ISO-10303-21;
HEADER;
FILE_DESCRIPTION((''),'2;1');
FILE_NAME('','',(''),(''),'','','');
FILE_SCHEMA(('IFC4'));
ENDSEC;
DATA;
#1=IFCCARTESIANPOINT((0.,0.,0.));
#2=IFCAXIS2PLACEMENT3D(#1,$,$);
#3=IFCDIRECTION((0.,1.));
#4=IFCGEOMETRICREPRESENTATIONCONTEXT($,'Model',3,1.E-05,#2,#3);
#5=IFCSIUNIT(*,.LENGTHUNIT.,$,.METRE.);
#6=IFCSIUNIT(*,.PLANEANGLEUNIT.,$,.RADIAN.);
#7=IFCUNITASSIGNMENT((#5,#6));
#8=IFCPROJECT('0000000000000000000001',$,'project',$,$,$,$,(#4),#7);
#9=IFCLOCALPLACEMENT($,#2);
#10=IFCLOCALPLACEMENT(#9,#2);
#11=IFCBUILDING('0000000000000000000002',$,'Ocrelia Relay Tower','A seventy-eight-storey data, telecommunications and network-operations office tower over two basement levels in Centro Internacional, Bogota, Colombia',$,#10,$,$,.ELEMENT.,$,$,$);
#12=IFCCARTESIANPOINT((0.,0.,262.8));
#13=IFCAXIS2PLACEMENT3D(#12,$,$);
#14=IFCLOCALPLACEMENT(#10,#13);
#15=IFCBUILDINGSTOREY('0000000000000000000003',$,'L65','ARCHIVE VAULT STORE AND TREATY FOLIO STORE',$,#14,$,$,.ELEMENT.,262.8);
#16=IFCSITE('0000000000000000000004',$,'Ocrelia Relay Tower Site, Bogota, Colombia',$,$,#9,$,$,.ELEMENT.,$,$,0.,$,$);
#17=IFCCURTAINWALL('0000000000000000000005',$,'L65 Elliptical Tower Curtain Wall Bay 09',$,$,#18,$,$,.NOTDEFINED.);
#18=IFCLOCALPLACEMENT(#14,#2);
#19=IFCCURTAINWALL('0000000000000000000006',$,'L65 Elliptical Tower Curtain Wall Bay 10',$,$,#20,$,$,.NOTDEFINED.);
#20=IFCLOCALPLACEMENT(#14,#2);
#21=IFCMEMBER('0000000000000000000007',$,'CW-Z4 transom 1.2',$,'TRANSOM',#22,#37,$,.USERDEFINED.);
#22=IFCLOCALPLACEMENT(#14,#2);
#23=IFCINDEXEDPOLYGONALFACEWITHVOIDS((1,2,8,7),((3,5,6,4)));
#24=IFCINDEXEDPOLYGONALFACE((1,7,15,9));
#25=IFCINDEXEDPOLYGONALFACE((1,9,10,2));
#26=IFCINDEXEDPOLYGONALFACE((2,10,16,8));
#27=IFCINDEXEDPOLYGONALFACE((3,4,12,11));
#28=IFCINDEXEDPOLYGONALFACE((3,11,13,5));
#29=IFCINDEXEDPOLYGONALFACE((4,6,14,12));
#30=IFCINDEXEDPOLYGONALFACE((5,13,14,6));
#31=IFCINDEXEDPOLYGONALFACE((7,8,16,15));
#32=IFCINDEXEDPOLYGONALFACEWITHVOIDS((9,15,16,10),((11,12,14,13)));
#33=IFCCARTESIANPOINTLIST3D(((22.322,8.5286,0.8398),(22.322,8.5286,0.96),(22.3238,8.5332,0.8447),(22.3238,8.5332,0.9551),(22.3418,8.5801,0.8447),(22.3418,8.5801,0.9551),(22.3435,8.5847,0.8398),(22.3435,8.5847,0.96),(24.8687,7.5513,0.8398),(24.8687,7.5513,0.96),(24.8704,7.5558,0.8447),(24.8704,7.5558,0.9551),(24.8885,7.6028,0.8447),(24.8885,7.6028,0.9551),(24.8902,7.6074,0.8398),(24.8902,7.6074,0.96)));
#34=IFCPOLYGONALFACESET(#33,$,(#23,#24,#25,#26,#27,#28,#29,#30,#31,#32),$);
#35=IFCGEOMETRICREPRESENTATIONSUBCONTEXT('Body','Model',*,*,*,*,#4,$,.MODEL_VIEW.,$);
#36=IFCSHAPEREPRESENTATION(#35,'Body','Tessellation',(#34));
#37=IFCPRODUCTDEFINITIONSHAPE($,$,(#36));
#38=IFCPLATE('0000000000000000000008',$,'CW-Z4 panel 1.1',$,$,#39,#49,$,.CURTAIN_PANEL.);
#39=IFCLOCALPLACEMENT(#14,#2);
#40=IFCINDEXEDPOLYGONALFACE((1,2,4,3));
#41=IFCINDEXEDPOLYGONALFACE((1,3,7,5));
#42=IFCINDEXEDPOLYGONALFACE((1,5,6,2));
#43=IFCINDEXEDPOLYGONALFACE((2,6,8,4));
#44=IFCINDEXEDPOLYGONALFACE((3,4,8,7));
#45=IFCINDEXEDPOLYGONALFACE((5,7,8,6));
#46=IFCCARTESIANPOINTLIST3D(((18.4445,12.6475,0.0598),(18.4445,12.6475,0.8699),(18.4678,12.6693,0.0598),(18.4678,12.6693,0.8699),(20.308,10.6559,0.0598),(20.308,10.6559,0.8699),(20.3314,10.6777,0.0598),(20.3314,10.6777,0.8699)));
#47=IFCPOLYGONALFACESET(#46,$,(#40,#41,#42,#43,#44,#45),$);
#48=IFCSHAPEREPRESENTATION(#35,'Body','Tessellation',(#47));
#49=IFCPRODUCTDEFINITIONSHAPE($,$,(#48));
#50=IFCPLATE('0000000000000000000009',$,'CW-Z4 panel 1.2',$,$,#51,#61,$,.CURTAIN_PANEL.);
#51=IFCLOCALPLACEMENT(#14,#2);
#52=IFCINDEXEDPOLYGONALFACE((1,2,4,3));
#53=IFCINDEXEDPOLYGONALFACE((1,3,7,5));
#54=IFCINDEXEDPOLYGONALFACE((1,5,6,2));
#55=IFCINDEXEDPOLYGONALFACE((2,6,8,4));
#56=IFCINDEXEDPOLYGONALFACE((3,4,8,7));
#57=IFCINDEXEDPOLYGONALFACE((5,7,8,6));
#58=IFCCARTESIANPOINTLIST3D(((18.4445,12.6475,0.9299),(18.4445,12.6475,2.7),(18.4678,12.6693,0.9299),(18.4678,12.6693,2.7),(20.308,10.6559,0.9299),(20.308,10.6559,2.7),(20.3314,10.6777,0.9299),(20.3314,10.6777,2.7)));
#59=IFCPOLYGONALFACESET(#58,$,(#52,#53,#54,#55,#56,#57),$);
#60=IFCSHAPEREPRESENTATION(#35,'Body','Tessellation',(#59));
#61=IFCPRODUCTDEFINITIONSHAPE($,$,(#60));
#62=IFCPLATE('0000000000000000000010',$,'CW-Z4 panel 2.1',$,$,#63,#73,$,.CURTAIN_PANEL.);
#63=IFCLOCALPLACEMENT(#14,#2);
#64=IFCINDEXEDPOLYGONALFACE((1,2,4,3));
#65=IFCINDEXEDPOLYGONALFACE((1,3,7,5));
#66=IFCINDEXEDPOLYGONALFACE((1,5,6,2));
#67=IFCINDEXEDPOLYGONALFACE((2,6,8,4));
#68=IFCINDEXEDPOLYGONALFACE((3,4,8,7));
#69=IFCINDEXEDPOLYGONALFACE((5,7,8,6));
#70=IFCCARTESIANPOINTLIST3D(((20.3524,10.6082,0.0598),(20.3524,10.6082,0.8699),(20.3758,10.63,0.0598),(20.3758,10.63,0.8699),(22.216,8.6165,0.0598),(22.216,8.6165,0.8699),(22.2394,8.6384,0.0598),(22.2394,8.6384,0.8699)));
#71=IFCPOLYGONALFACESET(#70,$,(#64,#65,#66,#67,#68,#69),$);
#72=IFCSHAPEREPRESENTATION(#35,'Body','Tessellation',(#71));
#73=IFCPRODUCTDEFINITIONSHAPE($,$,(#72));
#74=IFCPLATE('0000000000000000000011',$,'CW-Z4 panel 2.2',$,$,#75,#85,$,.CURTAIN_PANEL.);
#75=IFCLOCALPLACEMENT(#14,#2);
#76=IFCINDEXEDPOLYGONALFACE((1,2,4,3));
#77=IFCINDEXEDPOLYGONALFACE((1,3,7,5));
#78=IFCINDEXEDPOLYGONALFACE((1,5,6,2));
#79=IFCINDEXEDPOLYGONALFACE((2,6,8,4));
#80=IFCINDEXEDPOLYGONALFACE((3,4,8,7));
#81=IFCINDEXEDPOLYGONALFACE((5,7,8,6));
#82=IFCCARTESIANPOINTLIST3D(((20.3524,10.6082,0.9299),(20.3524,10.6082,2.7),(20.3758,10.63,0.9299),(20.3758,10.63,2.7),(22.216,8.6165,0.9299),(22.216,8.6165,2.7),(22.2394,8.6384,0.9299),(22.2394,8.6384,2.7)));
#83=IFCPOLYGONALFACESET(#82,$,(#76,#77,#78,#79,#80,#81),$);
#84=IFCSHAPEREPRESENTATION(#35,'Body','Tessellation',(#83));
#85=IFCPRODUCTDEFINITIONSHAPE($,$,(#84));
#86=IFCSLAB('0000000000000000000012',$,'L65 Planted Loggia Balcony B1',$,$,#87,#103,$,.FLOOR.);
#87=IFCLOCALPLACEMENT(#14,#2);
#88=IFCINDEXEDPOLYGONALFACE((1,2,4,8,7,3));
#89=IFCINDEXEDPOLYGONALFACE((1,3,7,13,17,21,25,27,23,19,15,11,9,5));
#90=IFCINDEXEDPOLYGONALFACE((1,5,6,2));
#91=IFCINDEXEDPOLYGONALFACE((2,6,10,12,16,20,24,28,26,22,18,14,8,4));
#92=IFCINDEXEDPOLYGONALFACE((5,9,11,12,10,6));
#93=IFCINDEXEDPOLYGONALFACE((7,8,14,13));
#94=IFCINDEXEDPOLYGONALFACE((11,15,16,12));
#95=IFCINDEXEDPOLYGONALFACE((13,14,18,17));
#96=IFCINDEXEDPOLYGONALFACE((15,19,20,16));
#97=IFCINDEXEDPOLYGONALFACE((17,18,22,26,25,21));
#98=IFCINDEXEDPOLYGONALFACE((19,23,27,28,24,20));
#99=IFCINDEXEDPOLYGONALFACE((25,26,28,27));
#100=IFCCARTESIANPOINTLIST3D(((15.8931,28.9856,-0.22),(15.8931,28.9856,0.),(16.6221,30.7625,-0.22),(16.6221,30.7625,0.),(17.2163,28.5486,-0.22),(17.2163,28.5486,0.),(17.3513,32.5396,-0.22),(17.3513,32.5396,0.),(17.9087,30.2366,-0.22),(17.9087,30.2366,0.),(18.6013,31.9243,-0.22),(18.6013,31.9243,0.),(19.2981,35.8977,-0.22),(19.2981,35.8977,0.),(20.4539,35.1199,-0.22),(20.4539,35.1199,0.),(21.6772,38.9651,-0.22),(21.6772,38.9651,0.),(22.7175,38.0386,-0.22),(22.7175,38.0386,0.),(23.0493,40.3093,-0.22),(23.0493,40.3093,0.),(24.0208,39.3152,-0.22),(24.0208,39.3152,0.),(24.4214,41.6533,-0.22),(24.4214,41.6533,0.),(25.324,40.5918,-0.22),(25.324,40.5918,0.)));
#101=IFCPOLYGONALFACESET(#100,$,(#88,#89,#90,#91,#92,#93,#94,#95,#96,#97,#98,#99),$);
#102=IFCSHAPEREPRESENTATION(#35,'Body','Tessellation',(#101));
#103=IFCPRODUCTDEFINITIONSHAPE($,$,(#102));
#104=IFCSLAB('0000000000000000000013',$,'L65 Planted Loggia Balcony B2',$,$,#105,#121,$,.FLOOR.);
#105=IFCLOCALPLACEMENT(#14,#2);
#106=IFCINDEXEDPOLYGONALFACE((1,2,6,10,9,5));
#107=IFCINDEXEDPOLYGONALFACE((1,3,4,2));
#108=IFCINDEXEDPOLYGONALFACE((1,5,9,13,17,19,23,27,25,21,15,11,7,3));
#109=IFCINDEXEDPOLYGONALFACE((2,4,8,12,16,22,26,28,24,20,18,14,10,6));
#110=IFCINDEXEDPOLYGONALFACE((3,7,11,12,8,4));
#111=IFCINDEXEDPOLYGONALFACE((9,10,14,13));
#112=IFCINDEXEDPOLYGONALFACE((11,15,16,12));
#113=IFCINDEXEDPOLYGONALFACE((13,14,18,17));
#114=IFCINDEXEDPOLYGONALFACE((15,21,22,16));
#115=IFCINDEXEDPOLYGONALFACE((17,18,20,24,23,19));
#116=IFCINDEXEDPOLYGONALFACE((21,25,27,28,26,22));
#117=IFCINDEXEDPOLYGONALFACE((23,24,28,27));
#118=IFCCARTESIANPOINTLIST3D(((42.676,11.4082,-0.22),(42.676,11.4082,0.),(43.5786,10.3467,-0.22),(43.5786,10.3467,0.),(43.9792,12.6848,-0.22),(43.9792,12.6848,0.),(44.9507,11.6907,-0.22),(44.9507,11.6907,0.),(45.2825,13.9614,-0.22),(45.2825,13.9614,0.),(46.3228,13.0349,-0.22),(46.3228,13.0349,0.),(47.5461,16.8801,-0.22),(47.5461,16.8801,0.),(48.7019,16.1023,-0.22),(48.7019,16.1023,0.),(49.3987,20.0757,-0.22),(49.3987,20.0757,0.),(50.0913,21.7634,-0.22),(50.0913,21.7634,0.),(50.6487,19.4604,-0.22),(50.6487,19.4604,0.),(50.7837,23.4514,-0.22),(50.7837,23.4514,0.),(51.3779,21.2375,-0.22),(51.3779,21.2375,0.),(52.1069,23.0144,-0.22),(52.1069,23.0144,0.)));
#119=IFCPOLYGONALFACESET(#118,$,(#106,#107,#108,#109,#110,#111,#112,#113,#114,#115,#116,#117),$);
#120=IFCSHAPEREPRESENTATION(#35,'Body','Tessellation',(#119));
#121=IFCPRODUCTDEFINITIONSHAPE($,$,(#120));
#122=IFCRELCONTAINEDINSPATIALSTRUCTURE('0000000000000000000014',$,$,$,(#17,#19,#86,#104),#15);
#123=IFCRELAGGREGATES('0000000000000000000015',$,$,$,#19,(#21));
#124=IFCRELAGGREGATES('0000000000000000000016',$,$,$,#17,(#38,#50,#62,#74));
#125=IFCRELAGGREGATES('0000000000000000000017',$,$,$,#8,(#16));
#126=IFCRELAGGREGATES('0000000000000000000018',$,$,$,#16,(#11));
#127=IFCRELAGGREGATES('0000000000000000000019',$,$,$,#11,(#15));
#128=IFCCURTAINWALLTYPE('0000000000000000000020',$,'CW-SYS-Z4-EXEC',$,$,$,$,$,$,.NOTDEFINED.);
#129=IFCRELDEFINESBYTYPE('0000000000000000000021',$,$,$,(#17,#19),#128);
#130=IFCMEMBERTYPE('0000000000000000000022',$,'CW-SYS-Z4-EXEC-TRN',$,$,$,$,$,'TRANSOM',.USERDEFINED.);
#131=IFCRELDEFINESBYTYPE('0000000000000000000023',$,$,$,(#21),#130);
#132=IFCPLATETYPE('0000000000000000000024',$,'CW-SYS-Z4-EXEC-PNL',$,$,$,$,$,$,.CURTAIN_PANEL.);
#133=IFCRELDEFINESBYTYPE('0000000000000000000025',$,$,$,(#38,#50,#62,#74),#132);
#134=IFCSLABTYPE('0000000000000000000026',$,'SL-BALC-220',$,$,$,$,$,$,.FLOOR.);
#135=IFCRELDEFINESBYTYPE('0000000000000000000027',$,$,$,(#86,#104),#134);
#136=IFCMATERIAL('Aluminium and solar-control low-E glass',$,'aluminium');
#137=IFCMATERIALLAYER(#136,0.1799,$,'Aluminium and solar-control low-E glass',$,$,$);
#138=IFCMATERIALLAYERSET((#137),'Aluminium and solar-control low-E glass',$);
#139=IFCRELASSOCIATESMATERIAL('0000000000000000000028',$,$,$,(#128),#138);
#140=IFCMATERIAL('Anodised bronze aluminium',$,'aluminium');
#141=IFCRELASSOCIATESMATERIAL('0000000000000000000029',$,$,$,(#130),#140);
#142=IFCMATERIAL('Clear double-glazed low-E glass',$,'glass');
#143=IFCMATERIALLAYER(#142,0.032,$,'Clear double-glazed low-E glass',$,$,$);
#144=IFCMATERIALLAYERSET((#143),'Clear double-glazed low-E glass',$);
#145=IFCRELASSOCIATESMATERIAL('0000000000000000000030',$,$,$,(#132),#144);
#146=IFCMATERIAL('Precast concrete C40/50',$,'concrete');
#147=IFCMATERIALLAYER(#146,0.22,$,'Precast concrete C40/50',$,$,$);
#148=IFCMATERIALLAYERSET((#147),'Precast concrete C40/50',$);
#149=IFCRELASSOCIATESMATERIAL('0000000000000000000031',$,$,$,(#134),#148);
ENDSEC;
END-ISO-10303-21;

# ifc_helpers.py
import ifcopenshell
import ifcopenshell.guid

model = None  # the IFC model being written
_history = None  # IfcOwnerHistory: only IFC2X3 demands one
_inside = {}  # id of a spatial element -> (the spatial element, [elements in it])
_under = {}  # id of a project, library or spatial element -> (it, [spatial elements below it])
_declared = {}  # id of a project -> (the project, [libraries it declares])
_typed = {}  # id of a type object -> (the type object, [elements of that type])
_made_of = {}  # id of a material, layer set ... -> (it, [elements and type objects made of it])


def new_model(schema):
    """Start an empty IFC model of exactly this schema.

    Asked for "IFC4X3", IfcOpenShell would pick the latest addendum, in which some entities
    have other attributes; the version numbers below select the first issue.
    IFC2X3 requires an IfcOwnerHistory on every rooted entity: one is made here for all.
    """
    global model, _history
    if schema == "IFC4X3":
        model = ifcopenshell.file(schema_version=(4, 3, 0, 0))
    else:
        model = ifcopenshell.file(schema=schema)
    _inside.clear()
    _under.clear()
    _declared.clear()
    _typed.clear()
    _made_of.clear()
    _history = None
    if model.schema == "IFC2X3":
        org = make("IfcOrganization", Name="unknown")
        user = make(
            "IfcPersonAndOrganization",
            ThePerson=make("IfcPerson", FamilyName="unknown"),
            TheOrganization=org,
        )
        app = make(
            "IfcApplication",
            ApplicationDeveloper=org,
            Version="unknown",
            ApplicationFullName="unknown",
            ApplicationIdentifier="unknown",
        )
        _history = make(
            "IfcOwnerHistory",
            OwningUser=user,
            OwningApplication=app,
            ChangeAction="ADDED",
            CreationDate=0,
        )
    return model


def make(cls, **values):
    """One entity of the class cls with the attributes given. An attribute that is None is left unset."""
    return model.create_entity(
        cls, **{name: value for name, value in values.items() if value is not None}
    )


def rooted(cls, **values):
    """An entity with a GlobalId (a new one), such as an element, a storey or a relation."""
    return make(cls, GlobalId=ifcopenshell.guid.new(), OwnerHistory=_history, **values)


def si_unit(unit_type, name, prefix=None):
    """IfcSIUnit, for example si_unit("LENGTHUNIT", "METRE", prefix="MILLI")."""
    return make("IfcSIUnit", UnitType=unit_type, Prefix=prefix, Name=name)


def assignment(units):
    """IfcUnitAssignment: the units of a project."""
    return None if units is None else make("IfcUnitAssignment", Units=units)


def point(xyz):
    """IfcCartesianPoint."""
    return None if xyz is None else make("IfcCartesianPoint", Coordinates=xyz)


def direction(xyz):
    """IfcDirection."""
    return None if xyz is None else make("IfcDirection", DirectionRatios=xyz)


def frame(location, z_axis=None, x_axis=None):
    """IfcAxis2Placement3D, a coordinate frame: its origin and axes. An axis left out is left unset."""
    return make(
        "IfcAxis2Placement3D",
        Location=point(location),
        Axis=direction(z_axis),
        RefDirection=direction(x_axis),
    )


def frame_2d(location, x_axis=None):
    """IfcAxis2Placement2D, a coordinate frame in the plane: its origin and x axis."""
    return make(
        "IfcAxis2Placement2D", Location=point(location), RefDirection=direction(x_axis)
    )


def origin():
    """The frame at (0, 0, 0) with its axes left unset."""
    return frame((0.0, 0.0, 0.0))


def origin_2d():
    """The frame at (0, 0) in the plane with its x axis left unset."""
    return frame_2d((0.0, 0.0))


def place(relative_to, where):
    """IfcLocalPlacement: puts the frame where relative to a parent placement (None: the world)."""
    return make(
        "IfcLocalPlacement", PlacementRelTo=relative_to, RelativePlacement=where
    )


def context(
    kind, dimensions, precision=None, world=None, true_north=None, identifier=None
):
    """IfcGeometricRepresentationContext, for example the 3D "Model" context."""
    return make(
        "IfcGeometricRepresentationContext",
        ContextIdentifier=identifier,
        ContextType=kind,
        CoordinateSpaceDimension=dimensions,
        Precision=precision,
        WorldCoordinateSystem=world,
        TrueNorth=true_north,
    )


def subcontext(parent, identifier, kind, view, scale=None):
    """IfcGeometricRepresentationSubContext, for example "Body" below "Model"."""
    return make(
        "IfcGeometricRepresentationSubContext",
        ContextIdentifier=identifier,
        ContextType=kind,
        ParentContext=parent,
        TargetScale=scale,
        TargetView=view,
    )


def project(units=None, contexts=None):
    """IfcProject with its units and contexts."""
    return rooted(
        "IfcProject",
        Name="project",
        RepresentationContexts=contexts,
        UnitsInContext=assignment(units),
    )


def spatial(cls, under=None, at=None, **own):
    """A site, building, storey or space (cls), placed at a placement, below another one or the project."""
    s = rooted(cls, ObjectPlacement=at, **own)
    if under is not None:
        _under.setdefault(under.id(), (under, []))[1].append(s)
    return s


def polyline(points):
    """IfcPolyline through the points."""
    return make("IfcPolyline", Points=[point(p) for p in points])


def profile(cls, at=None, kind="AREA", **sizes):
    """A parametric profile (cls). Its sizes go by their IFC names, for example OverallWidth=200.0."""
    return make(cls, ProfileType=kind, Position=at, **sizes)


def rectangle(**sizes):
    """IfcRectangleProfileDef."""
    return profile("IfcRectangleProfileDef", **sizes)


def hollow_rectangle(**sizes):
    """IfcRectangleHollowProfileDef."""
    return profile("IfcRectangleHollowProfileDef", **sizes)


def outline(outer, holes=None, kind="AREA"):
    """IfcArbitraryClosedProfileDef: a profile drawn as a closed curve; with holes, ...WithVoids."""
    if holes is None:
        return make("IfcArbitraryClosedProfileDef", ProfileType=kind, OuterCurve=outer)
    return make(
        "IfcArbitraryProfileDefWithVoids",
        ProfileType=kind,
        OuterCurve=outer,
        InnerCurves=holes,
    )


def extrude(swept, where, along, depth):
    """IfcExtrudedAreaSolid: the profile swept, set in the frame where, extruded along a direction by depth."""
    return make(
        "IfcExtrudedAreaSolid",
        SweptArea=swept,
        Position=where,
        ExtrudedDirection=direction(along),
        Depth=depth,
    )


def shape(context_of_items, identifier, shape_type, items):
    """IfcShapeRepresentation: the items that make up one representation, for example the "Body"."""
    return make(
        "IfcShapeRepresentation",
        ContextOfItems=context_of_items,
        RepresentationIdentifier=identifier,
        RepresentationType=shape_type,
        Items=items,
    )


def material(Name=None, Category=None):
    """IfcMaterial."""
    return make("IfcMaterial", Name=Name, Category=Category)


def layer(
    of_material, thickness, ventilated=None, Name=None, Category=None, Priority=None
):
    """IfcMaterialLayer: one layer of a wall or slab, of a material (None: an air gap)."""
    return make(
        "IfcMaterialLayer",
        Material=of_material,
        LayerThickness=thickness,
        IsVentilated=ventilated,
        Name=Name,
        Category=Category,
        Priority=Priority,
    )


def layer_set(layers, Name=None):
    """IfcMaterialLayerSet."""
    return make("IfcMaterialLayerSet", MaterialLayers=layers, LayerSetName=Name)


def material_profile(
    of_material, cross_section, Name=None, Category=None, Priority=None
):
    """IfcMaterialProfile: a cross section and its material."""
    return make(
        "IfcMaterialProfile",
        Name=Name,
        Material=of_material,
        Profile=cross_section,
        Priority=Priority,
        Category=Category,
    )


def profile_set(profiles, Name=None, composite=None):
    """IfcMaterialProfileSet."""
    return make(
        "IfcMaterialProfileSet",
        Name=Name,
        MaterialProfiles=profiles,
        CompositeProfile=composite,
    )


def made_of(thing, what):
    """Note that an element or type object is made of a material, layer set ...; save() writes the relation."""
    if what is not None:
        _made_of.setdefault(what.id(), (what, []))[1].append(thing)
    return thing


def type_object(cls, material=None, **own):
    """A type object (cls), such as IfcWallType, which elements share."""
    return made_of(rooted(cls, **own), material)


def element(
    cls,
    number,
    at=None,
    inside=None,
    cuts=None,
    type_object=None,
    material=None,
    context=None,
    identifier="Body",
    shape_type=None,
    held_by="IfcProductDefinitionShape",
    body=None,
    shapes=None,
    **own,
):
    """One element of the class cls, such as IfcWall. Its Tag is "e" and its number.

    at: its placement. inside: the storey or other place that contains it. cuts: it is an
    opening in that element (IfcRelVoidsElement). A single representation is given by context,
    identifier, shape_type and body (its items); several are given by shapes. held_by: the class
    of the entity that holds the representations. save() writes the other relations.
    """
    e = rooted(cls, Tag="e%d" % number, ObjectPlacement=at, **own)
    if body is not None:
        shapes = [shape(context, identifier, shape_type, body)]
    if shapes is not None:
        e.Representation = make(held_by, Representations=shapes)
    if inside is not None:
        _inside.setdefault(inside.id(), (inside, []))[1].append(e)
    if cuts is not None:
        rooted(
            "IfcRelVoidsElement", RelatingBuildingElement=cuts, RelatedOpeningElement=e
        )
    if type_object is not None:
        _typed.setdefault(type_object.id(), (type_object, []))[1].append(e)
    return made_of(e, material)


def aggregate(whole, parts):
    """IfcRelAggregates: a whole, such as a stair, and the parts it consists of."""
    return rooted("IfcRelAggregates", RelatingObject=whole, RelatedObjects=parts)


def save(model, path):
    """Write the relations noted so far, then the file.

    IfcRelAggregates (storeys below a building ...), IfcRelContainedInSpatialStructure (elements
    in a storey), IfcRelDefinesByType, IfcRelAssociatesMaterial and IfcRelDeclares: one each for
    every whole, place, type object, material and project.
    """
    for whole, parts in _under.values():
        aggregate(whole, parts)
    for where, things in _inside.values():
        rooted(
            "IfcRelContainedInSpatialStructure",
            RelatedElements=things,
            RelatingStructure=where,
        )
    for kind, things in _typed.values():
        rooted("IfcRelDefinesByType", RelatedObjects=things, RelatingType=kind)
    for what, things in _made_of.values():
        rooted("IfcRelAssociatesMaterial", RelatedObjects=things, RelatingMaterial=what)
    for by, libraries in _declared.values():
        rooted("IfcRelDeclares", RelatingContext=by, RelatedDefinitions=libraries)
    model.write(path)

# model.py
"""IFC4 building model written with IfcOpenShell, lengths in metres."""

from ifc_helpers import new_model, si_unit, direction, frame, origin, origin_2d, place, context, subcontext, project, spatial, polyline, rectangle, hollow_rectangle, outline, extrude, material, layer, layer_set, material_profile, profile_set, type_object, element, aggregate, save


model = new_model("IFC4")

# Units and contexts
model_context = context("Model", 3, precision=1e-05, world=origin(), true_north=direction((0.0, 1.0)))
body_context = subcontext(model_context, "Body", "Model", "MODEL_VIEW")
ifc_project = project(units=[si_unit("LENGTHUNIT", "METRE"), si_unit("PLANEANGLEUNIT", "RADIAN")], contexts=[model_context])

# Site, building, storey
site_placement = place(None, origin())
site = spatial("IfcSite", under=ifc_project, at=site_placement, Name="Ocrelia Relay Tower Site, Bogota, Colombia", CompositionType="ELEMENT", RefElevation=0.0)
building_placement = place(site_placement, origin())
building = spatial("IfcBuilding", under=site, at=building_placement, Name="Ocrelia Relay Tower", Description="A seventy-eight-storey data, telecommunications and network-operations office tower over two basement levels in Centro Internacional, Bogota, Colombia", CompositionType="ELEMENT")
storey_placement = place(building_placement, frame((0.0, 0.0, 262.8)))
storey = spatial("IfcBuildingStorey", under=building, at=storey_placement, Name="L65", Description="ARCHIVE VAULT STORE AND TREATY FOLIO STORE", CompositionType="ELEMENT", Elevation=262.8)

# Curtain wall
ifc_material_1 = material(Name="Aluminium and solar-control low-E glass", Category="aluminium")
ifc_layer_1 = layer(ifc_material_1, 0.1799, Name="Aluminium and solar-control low-E glass")
ifc_layer_set_1 = layer_set([ifc_layer_1], Name="Aluminium and solar-control low-E glass")
curtain_wall_type = type_object("IfcCurtainWallType", Name="CW-SYS-Z4-EXEC", PredefinedType="NOTDEFINED", material=ifc_layer_set_1)
curtain_wall_1_placement = place(storey_placement, origin())
curtain_wall_1 = element("IfcCurtainWall", 1, at=curtain_wall_1_placement, inside=storey, type_object=curtain_wall_type, Name="L65 Elliptical Tower Curtain Wall Bay 09", PredefinedType="NOTDEFINED")
ifc_material_2 = material(Name="Anodised bronze aluminium", Category="aluminium")

# Curtain wall
curtain_wall_2_placement = place(storey_placement, origin())
curtain_wall_2 = element("IfcCurtainWall", 2, at=curtain_wall_2_placement, inside=storey, type_object=curtain_wall_type, Name="L65 Elliptical Tower Curtain Wall Bay 10", PredefinedType="NOTDEFINED")

# Member
ifc_material_profile_1 = material_profile(ifc_material_2, hollow_rectangle(XDim=0.0601, YDim=0.1201, WallThickness=0.0049, at=origin_2d()), Name="CW-TRN-120x60")
ifc_profile_set_1 = profile_set([ifc_material_profile_1], Name="Anodised bronze aluminium")
member_type_1 = type_object("IfcMemberType", Name="CW-SYS-Z4-EXEC-TRN", ElementType="TRANSOM", PredefinedType="USERDEFINED", material=ifc_profile_set_1)
member_1_placement = place(storey_placement, frame((22.3328, 8.5566, 0.8999), z_axis=(0.933613, -0.358283, 0.0), x_axis=(0.358283, 0.933613, 0.0)))
member_1 = element("IfcMember", 3, at=member_1_placement, type_object=member_type_1, Name="CW-Z4 transom 1.2", ObjectType="TRANSOM", PredefinedType="USERDEFINED", context=body_context, shape_type="SweptSolid", body=[
    extrude(hollow_rectangle(XDim=0.0601, YDim=0.1201, WallThickness=0.0049, at=origin_2d()), origin(), (0.0, 0.0, 1.0), 2.7278),
])
aggregate(curtain_wall_2, [member_1])

# Plates
ifc_material_3 = material(Name="Clear double-glazed low-E glass", Category="glass")
ifc_layer_2 = layer(ifc_material_3, 0.032, Name="Clear double-glazed low-E glass")
ifc_layer_set_2 = layer_set([ifc_layer_2], Name="Clear double-glazed low-E glass")
plate_type = type_object("IfcPlateType", Name="CW-SYS-Z4-EXEC-PNL", PredefinedType="CURTAIN_PANEL", material=ifc_layer_set_2)
plate_1_placement = place(storey_placement, frame((19.3879, 11.6626, 0.0598), z_axis=(0.0, 0.0, 1.0), x_axis=(0.68324, -0.730194, 0.0)))
plate_1 = element("IfcPlate", 4, at=plate_1_placement, type_object=plate_type, Name="CW-Z4 panel 1.1", PredefinedType="CURTAIN_PANEL", context=body_context, shape_type="SweptSolid", body=[
    extrude(rectangle(XDim=2.7275, YDim=0.032, at=origin_2d()), origin(), (0.0, 0.0, 1.0), 0.8101),
])
plate_2_placement = place(storey_placement, frame((19.3879, 11.6626, 0.9299), z_axis=(0.0, 0.0, 1.0), x_axis=(0.68324, -0.730194, 0.0)))
plate_2 = element("IfcPlate", 5, at=plate_2_placement, type_object=plate_type, Name="CW-Z4 panel 1.2", PredefinedType="CURTAIN_PANEL", context=body_context, shape_type="SweptSolid", body=[
    extrude(rectangle(XDim=2.7275, YDim=0.032, at=origin_2d()), origin(), (0.0, 0.0, 1.0), 1.77),
])
plate_3_placement = place(storey_placement, frame((21.2959, 9.6233, 0.0598), z_axis=(0.0, 0.0, 1.0), x_axis=(0.68324, -0.730194, 0.0)))
plate_3 = element("IfcPlate", 6, at=plate_3_placement, type_object=plate_type, Name="CW-Z4 panel 2.1", PredefinedType="CURTAIN_PANEL", context=body_context, shape_type="SweptSolid", body=[
    extrude(rectangle(XDim=2.7275, YDim=0.032, at=origin_2d()), origin(), (0.0, 0.0, 1.0), 0.8101),
])
plate_4_placement = place(storey_placement, frame((21.2959, 9.6233, 0.9299), z_axis=(0.0, 0.0, 1.0), x_axis=(0.68324, -0.730194, 0.0)))
plate_4 = element("IfcPlate", 7, at=plate_4_placement, type_object=plate_type, Name="CW-Z4 panel 2.2", PredefinedType="CURTAIN_PANEL", context=body_context, shape_type="SweptSolid", body=[
    extrude(rectangle(XDim=2.7275, YDim=0.032, at=origin_2d()), origin(), (0.0, 0.0, 1.0), 1.77),
])
aggregate(curtain_wall_1, [plate_1, plate_2, plate_3, plate_4])

# Slabs
ifc_material_4 = material(Name="Precast concrete C40/50", Category="concrete")
ifc_layer_3 = layer(ifc_material_4, 0.22, Name="Precast concrete C40/50")
ifc_layer_set_3 = layer_set([ifc_layer_3], Name="Precast concrete C40/50")
slab_type_1 = type_object("IfcSlabType", Name="SL-BALC-220", PredefinedType="FLOOR", material=ifc_layer_set_3)
slab_1_placement = place(storey_placement, frame((0.0, 0.0, -0.22)))
element("IfcSlab", 8, at=slab_1_placement, inside=storey, type_object=slab_type_1, Name="L65 Planted Loggia Balcony B1", PredefinedType="FLOOR", context=body_context, shape_type="SweptSolid", body=[
    extrude(outline(polyline([(25.324, 40.5918), (24.0208, 39.3152), (22.7175, 38.0386), (20.4539, 35.1199), (18.6013, 31.9243), (17.9087, 30.2366), (17.2163, 28.5486), (15.8931, 28.9856), (16.6221, 30.7625), (17.3513, 32.5396), (19.2981, 35.8977), (21.6772, 38.9651), (23.0493, 40.3093), (24.4214, 41.6533), (25.324, 40.5918)])), origin(), (0.0, 0.0, 1.0), 0.22),
])
slab_2_placement = place(storey_placement, frame((0.0, 0.0, -0.22)))
element("IfcSlab", 9, at=slab_2_placement, inside=storey, type_object=slab_type_1, Name="L65 Planted Loggia Balcony B2", PredefinedType="FLOOR", context=body_context, shape_type="SweptSolid", body=[
    extrude(outline(polyline([(42.676, 11.4082), (43.9792, 12.6848), (45.2825, 13.9614), (47.5461, 16.8801), (49.3987, 20.0757), (50.0913, 21.7634), (50.7837, 23.4514), (52.1069, 23.0144), (51.3779, 21.2375), (50.6487, 19.4604), (48.7019, 16.1023), (46.3228, 13.0349), (44.9507, 11.6907), (43.5786, 10.3467), (42.676, 11.4082)])), origin(), (0.0, 0.0, 1.0), 0.22),
])

save(model, "model.ifc")
